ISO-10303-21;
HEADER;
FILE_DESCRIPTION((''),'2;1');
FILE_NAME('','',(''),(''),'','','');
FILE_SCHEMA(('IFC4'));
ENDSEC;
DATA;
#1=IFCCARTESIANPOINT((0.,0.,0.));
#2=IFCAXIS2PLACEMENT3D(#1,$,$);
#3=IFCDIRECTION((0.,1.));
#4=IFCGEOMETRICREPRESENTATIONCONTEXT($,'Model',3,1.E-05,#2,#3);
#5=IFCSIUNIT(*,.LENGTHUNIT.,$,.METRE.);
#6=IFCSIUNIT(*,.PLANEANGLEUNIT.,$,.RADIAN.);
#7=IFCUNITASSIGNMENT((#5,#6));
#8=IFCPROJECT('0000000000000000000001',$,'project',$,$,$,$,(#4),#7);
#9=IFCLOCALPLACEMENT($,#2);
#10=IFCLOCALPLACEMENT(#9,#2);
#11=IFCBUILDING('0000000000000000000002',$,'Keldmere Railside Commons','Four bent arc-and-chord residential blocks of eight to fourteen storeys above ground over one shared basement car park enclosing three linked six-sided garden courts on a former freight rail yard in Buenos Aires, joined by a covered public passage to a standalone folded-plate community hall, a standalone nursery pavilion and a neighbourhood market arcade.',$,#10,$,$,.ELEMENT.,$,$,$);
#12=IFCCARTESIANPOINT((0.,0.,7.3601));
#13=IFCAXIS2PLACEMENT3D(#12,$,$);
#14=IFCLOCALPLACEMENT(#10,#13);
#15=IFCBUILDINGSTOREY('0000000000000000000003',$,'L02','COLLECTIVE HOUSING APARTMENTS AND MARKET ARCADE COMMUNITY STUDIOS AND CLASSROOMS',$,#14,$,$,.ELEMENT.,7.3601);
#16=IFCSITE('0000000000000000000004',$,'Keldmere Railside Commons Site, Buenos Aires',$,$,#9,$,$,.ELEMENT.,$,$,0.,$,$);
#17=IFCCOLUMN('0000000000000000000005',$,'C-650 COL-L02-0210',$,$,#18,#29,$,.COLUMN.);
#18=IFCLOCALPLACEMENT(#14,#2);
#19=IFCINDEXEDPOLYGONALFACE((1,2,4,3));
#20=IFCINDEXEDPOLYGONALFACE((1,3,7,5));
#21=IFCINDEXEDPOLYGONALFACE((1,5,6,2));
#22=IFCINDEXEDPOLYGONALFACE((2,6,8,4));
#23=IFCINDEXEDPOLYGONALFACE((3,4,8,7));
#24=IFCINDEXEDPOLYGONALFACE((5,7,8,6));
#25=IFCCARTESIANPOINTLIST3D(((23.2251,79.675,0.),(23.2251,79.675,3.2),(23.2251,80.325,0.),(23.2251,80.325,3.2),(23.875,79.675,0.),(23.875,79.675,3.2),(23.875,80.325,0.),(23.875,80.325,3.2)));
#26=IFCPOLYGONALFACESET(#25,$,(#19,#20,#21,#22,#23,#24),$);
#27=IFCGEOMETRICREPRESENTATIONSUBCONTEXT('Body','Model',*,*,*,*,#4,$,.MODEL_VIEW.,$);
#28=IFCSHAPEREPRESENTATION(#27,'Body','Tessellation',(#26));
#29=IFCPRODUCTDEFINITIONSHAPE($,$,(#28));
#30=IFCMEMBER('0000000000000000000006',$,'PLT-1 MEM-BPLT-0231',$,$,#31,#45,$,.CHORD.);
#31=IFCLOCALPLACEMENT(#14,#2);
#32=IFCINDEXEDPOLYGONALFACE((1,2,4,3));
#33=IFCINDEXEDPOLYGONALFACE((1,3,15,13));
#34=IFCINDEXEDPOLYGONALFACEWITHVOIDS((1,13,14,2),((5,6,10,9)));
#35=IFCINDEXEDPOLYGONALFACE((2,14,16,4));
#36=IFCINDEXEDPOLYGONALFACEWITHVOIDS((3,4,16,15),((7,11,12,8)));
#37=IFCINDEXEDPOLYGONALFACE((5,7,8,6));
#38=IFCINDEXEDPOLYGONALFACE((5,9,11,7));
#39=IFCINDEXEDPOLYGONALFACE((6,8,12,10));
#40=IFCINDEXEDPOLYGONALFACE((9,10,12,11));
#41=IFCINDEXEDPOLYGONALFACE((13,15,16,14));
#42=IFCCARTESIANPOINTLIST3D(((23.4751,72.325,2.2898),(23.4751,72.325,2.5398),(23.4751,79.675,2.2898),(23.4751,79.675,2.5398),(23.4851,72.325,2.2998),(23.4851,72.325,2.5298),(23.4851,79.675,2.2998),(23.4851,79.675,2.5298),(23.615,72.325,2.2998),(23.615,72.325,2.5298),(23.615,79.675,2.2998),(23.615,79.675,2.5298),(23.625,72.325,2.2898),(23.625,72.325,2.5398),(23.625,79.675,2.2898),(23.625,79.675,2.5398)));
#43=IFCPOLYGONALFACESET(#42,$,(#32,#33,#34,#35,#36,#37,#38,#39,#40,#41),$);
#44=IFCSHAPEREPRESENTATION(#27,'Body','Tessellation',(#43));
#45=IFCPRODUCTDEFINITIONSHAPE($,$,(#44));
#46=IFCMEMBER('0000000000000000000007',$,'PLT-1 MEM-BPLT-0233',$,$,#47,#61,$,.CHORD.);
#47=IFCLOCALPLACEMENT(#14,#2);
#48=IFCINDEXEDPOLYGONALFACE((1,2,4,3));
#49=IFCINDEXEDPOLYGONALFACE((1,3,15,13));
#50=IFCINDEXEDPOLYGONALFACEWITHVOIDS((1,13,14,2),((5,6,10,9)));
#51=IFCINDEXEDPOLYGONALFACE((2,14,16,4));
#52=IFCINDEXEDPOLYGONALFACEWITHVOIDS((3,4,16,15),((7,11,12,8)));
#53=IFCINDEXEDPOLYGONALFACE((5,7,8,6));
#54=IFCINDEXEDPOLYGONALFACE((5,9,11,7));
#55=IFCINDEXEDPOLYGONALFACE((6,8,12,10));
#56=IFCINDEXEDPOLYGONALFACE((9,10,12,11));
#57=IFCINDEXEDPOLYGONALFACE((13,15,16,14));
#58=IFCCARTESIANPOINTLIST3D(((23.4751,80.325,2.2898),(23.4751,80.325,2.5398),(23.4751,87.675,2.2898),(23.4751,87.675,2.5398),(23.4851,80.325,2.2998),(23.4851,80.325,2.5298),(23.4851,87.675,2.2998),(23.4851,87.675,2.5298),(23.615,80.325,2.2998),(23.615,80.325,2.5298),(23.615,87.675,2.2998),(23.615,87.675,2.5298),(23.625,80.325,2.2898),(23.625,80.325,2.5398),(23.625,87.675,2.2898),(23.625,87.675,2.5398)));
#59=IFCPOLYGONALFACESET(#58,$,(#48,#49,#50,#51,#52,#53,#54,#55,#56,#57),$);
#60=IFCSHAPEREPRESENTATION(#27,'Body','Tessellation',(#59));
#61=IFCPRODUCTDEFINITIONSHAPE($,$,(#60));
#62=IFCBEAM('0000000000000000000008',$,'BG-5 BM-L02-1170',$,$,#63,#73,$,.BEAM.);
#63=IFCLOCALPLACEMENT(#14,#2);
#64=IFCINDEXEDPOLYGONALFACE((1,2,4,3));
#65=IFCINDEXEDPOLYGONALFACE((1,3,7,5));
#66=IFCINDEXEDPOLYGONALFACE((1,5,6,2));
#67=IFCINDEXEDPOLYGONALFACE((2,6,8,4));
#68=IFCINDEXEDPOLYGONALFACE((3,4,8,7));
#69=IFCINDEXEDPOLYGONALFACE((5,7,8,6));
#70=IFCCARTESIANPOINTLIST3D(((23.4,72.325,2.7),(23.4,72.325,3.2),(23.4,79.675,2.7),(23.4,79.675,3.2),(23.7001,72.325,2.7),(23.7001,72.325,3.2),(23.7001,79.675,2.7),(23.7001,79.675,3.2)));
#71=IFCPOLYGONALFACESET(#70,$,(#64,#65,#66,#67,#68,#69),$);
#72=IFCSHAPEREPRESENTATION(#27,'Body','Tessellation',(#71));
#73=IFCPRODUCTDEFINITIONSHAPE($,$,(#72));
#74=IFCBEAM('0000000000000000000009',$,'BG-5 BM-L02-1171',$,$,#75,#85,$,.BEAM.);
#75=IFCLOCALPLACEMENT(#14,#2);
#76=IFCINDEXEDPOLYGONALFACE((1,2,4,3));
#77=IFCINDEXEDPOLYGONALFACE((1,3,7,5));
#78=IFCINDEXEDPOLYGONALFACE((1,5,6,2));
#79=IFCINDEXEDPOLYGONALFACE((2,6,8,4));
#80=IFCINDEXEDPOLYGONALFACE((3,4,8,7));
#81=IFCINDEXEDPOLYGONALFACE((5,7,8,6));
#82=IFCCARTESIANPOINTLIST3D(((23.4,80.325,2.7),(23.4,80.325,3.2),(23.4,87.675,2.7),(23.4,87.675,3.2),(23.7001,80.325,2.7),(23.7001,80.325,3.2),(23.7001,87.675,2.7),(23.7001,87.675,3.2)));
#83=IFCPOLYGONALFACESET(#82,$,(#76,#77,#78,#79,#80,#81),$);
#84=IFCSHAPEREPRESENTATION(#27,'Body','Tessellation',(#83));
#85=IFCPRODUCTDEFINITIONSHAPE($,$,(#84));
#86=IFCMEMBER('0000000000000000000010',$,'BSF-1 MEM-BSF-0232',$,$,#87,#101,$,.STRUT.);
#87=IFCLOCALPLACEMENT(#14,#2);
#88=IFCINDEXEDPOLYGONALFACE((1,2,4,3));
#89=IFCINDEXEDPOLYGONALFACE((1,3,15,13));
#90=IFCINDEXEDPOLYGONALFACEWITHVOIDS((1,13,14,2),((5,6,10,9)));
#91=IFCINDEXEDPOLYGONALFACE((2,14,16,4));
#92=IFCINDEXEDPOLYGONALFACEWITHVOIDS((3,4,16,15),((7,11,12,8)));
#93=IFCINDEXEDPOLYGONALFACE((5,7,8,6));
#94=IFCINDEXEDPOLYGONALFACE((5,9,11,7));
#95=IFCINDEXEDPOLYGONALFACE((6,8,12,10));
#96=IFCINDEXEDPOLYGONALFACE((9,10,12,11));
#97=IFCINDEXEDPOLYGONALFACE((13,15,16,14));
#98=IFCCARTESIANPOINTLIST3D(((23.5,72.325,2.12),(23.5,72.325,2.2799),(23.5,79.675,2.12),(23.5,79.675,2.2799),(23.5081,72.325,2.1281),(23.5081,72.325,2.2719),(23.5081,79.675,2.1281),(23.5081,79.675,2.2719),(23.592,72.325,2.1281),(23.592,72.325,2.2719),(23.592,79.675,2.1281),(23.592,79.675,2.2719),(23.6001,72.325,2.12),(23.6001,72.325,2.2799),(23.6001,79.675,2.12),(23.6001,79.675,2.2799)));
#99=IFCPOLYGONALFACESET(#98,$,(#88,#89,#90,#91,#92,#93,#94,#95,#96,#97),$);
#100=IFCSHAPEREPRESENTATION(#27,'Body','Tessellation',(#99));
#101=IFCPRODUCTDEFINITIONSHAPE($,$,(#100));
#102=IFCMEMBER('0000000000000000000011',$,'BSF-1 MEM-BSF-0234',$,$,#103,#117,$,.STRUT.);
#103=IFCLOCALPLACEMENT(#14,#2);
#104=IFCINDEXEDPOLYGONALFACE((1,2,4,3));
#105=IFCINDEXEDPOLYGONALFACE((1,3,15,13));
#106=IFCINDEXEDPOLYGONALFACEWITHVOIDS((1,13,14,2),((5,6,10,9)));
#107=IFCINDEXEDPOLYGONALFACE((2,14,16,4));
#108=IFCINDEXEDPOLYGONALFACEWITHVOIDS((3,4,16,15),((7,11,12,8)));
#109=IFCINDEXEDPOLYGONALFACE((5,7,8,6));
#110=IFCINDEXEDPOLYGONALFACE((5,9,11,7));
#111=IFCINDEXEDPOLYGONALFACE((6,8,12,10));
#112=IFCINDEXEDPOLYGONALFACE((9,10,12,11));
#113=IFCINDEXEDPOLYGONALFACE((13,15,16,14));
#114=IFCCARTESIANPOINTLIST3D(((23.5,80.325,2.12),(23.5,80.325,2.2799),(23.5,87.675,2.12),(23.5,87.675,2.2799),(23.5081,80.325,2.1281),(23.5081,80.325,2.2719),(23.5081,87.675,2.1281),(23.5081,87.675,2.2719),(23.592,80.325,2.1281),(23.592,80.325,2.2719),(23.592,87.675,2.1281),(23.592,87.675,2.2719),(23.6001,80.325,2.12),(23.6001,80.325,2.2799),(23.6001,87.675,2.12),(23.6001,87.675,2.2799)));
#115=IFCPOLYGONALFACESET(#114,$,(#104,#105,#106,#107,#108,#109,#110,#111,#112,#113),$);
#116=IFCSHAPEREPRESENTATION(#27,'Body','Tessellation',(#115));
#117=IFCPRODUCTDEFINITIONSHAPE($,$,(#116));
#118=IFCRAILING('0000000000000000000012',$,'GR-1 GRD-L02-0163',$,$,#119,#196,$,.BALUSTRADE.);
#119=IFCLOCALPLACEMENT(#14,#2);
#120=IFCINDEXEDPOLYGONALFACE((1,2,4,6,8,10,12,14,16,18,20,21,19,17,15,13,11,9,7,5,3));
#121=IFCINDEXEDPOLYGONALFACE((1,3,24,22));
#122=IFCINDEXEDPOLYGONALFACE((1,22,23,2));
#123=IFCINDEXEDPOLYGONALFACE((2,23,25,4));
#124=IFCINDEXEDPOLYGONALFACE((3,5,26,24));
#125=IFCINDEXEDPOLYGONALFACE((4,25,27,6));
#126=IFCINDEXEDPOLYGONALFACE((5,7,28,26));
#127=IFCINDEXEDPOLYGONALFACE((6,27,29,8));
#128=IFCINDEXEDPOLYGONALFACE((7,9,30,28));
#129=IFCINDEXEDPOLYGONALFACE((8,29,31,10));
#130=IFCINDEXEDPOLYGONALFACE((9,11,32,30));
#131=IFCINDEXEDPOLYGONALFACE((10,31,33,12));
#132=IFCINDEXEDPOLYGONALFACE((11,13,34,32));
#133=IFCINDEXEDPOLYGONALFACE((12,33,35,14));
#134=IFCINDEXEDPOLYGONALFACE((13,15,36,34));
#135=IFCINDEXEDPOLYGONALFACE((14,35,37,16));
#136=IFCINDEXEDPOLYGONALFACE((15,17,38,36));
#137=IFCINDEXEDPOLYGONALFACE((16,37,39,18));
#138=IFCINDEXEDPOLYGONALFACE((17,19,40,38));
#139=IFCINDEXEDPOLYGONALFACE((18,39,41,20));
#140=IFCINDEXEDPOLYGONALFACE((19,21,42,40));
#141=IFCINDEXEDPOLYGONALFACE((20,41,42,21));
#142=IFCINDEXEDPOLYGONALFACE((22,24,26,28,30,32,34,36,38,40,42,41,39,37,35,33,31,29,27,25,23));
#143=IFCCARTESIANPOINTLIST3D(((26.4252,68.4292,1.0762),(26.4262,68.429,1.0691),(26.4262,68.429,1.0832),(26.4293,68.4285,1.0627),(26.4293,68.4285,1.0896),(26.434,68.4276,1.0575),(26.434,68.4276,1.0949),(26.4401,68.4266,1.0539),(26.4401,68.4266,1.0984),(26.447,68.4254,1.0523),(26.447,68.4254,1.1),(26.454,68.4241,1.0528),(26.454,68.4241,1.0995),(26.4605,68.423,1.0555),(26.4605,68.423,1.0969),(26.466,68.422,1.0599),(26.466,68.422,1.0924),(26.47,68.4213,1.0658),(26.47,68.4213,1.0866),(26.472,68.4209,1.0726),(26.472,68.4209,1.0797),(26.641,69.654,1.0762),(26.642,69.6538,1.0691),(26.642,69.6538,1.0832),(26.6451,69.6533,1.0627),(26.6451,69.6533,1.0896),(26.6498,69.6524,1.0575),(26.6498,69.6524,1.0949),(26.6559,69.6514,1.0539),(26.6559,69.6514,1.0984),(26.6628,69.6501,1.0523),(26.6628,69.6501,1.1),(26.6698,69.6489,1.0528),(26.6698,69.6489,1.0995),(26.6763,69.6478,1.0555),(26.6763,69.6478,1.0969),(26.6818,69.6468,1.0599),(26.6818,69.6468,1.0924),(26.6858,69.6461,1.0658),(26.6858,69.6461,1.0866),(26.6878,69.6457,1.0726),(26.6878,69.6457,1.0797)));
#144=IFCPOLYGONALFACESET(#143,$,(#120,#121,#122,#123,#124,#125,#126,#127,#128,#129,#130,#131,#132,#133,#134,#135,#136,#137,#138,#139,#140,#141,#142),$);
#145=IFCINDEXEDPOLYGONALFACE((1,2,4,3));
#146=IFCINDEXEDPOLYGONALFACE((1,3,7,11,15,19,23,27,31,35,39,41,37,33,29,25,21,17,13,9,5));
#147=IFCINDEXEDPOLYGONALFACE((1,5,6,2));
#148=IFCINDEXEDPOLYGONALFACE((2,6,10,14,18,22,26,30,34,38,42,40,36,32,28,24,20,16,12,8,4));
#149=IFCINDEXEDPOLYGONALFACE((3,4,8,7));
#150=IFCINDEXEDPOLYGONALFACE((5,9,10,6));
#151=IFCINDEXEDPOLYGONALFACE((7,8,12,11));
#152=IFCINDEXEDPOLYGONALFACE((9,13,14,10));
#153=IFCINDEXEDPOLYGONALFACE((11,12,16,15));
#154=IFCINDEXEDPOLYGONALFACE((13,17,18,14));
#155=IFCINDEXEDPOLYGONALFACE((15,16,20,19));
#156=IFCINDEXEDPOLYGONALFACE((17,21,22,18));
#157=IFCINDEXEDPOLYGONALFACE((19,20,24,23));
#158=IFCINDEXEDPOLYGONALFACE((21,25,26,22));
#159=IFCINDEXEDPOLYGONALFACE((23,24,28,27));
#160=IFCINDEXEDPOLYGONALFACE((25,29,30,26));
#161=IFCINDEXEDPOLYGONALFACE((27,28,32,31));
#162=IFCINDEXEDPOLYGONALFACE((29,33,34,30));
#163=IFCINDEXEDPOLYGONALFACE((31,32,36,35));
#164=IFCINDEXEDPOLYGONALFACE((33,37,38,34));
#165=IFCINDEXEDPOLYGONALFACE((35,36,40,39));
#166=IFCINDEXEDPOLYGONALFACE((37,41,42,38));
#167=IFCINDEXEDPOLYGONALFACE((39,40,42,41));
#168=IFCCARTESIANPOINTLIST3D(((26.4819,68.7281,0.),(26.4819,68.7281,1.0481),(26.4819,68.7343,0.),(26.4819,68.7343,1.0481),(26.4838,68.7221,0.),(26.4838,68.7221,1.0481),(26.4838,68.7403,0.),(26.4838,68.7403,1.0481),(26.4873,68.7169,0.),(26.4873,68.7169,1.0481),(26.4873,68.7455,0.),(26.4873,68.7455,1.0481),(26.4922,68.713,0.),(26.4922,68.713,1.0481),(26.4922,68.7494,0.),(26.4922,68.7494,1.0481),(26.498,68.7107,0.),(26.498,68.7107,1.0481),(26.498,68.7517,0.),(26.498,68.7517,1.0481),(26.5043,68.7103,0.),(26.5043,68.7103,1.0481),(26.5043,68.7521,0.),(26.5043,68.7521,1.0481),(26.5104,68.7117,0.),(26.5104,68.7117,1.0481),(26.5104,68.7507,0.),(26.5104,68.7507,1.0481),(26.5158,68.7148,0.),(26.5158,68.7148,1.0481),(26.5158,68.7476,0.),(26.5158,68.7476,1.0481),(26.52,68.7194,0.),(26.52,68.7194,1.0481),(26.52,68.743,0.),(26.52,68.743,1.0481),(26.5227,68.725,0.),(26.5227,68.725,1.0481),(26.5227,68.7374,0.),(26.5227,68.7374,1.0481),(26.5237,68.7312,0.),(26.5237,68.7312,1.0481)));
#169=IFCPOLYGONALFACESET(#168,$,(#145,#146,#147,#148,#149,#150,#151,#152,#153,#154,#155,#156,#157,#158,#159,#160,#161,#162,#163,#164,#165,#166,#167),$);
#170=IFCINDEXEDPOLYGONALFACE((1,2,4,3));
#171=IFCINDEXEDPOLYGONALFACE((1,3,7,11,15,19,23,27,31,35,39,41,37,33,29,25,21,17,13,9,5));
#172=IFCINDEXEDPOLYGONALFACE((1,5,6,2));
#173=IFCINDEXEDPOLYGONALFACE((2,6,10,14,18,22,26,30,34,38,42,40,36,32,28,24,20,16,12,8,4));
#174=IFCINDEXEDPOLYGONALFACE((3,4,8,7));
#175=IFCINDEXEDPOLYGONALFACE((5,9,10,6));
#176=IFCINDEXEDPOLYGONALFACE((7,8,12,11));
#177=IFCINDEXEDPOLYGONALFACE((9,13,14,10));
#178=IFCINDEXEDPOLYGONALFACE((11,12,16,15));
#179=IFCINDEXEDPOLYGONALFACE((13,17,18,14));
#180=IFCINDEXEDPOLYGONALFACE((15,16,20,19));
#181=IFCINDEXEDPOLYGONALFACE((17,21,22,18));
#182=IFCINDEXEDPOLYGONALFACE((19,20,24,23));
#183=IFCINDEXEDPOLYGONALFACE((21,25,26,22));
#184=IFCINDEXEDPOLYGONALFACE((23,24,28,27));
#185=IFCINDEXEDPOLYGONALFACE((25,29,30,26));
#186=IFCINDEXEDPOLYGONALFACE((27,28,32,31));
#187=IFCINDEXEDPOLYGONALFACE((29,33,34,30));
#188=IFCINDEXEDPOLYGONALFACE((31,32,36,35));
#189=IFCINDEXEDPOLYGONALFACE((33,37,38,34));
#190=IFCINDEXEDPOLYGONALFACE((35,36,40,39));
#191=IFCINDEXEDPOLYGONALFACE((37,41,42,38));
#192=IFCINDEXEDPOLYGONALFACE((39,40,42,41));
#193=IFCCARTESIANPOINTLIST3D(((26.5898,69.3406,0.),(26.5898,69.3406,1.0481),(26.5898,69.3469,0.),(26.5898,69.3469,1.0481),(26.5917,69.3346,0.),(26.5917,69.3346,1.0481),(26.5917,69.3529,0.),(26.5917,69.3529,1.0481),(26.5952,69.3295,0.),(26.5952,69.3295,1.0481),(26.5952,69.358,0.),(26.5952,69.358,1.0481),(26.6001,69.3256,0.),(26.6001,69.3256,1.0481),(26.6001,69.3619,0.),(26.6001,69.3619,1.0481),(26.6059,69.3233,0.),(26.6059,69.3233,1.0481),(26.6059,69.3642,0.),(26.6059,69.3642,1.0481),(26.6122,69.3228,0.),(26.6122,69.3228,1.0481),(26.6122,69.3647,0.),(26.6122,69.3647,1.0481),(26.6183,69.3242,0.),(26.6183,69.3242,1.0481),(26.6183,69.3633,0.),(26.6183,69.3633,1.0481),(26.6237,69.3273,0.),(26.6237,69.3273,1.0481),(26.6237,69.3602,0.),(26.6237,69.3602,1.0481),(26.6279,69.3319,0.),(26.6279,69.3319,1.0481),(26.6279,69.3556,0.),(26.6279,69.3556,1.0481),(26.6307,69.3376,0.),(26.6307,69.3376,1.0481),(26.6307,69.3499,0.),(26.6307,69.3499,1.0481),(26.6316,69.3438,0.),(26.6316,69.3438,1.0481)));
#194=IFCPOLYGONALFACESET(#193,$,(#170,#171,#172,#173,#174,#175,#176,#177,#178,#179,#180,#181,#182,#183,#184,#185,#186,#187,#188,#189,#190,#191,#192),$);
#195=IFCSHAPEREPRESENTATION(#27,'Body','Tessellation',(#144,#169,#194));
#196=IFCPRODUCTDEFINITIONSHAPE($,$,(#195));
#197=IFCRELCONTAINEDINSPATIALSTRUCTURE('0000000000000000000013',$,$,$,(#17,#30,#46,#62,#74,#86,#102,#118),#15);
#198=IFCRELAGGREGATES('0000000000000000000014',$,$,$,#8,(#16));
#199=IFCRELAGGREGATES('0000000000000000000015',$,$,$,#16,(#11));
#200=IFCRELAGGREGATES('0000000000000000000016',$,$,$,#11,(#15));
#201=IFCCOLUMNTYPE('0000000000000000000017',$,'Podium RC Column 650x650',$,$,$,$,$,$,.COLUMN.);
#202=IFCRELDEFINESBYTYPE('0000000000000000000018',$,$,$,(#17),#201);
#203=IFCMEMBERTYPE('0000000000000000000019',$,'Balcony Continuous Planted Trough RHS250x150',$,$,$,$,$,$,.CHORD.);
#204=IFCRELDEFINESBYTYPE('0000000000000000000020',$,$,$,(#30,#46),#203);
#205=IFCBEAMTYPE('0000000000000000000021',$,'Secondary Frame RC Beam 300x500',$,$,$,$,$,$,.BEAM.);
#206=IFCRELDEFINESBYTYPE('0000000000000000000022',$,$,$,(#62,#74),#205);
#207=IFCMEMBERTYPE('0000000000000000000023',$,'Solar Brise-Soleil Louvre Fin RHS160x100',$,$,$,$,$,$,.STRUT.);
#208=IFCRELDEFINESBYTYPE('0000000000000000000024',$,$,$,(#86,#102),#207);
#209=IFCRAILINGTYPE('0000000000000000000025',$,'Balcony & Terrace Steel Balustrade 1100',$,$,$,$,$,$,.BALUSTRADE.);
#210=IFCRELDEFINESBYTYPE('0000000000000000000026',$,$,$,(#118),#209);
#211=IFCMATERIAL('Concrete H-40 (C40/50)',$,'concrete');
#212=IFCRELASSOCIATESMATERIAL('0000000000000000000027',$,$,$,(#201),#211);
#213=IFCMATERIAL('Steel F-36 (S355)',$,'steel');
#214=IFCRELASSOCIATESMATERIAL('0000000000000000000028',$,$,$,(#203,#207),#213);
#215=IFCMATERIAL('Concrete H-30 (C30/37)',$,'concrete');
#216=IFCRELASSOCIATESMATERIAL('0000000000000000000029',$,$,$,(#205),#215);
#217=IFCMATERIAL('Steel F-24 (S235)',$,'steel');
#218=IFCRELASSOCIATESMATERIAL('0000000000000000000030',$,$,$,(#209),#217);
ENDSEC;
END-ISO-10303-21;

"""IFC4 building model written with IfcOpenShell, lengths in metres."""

from ifc_helpers import new_model, si_unit, direction, frame, origin, origin_2d, place, context, subcontext, project, spatial, rectangle, hollow_rectangle, circle, extrude, material, material_profile, profile_set, type_object, element, save


model = new_model("IFC4")

# Units and contexts
model_context = context("Model", 3, precision=1e-05, world=origin(), true_north=direction((0.0, 1.0)))
body_context = subcontext(model_context, "Body", "Model", "MODEL_VIEW")
ifc_project = project(units=[si_unit("LENGTHUNIT", "METRE"), si_unit("PLANEANGLEUNIT", "RADIAN")], contexts=[model_context])

# Site, building, storey
site_placement = place(None, origin())
site = spatial("IfcSite", under=ifc_project, at=site_placement, Name="Keldmere Railside Commons Site, Buenos Aires", CompositionType="ELEMENT", RefElevation=0.0)
building_placement = place(site_placement, origin())
building = spatial("IfcBuilding", under=site, at=building_placement, Name="Keldmere Railside Commons", Description="Four bent arc-and-chord residential blocks of eight to fourteen storeys above ground over one shared basement car park enclosing three linked six-sided garden courts on a former freight rail yard in Buenos Aires, joined by a covered public passage to a standalone folded-plate community hall, a standalone nursery pavilion and a neighbourhood market arcade.", CompositionType="ELEMENT")
storey_placement = place(building_placement, frame((0.0, 0.0, 7.3601)))
storey = spatial("IfcBuildingStorey", under=building, at=storey_placement, Name="L02", Description="COLLECTIVE HOUSING APARTMENTS AND MARKET ARCADE COMMUNITY STUDIOS AND CLASSROOMS", CompositionType="ELEMENT", Elevation=7.3601)

# Column
ifc_material_1 = material(Name="Concrete H-40 (C40/50)", Category="concrete")
ifc_material_profile_1 = material_profile(ifc_material_1, rectangle(XDim=0.6499, YDim=0.6499, at=origin_2d()), Name="RC-650x650")
ifc_profile_set_1 = profile_set([ifc_material_profile_1], Name="Concrete H-40 (C40/50)")
column_type = type_object("IfcColumnType", Name="Podium RC Column 650x650", PredefinedType="COLUMN", material=ifc_profile_set_1)
column_placement = place(storey_placement, frame((23.55, 80.0, 0.0), z_axis=(0.0, 0.0, 1.0), x_axis=(1.0, 0.0, 0.0)))
element("IfcColumn", 1, at=column_placement, inside=storey, type_object=column_type, Name="C-650 COL-L02-0210", PredefinedType="COLUMN", context=body_context, shape_type="SweptSolid", body=[
    extrude(rectangle(XDim=0.6499, YDim=0.6499, at=origin_2d()), origin(), (0.0, 0.0, 1.0), 3.2),
])

# Members
ifc_material_2 = material(Name="Steel F-36 (S355)", Category="steel")
ifc_material_profile_2 = material_profile(ifc_material_2, hollow_rectangle(XDim=0.1499, YDim=0.25, WallThickness=0.01, at=origin_2d()), Name="RHS-250x150x10")
ifc_profile_set_2 = profile_set([ifc_material_profile_2], Name="Steel F-36 (S355)")
member_type_1 = type_object("IfcMemberType", Name="Balcony Continuous Planted Trough RHS250x150", PredefinedType="CHORD", material=ifc_profile_set_2)
for number, where, z_axis, x_axis, name in (
    (2, (23.55, 72.325, 2.4148), (0.0, 1.0, 0.0), (-1.0, 0.0, 0.0), "PLT-1 MEM-BPLT-0231"),
    (3, (23.55, 80.325, 2.4148), (0.0, 1.0, 0.0), (-1.0, 0.0, 0.0), "PLT-1 MEM-BPLT-0233"),
):
    element("IfcMember", number, at=place(storey_placement, frame(where, z_axis=z_axis, x_axis=x_axis)), inside=storey, type_object=member_type_1, Name=name, PredefinedType="CHORD", context=body_context, shape_type="SweptSolid", body=[
        extrude(hollow_rectangle(XDim=0.1499, YDim=0.25, WallThickness=0.01, at=origin_2d()), origin(), (0.0, 0.0, 1.0), 7.3501),
    ])

# Beams
ifc_material_3 = material(Name="Concrete H-30 (C30/37)", Category="concrete")
ifc_material_profile_3 = material_profile(ifc_material_3, rectangle(XDim=0.3, YDim=0.5, at=origin_2d()), Name="RC-300x500")
ifc_profile_set_3 = profile_set([ifc_material_profile_3], Name="Concrete H-30 (C30/37)")
beam_type = type_object("IfcBeamType", Name="Secondary Frame RC Beam 300x500", PredefinedType="BEAM", material=ifc_profile_set_3)
for number, where, z_axis, x_axis, name in (
    (4, (23.55, 72.325, 2.95), (0.0, 1.0, 0.0), (-1.0, 0.0, 0.0), "BG-5 BM-L02-1170"),
    (5, (23.55, 80.325, 2.95), (0.0, 1.0, 0.0), (-1.0, 0.0, 0.0), "BG-5 BM-L02-1171"),
):
    element("IfcBeam", number, at=place(storey_placement, frame(where, z_axis=z_axis, x_axis=x_axis)), inside=storey, type_object=beam_type, Name=name, PredefinedType="BEAM", context=body_context, shape_type="SweptSolid", body=[
        extrude(rectangle(XDim=0.3, YDim=0.5, at=origin_2d()), origin(), (0.0, 0.0, 1.0), 7.3501),
    ])

# Members
ifc_material_profile_4 = material_profile(ifc_material_2, hollow_rectangle(XDim=0.1001, YDim=0.1599, WallThickness=0.0081, at=origin_2d()), Name="RHS-160x100x8")
ifc_profile_set_4 = profile_set([ifc_material_profile_4], Name="Steel F-36 (S355)")
member_type_2 = type_object("IfcMemberType", Name="Solar Brise-Soleil Louvre Fin RHS160x100", PredefinedType="STRUT", material=ifc_profile_set_4)
for number, where, z_axis, x_axis, name in (
    (6, (23.55, 72.325, 2.2), (0.0, 1.0, 0.0), (-1.0, 0.0, 0.0), "BSF-1 MEM-BSF-0232"),
    (7, (23.55, 80.325, 2.2), (0.0, 1.0, 0.0), (-1.0, 0.0, 0.0), "BSF-1 MEM-BSF-0234"),
):
    element("IfcMember", number, at=place(storey_placement, frame(where, z_axis=z_axis, x_axis=x_axis)), inside=storey, type_object=member_type_2, Name=name, PredefinedType="STRUT", context=body_context, shape_type="SweptSolid", body=[
        extrude(hollow_rectangle(XDim=0.1001, YDim=0.1599, WallThickness=0.0081, at=origin_2d()), origin(), (0.0, 0.0, 1.0), 7.3501),
    ])

# Railing
ifc_material_4 = material(Name="Steel F-24 (S235)", Category="steel")
railing_type = type_object("IfcRailingType", Name="Balcony & Terrace Steel Balustrade 1100", PredefinedType="BALUSTRADE", material=ifc_material_4)
railing_1_placement = place(storey_placement, frame((26.4487, 68.425, 0.0)))
element("IfcRailing", 8, at=railing_1_placement, inside=storey, type_object=railing_type, Name="GR-1 GRD-L02-0163", PredefinedType="BALUSTRADE", context=body_context, shape_type="SweptSolid", body=[
    extrude(circle(Radius=0.0239, at=origin_2d()), frame((0.0, 0.0, 1.0762), z_axis=(0.173528, 0.984829, 0.0), x_axis=(-0.984829, 0.173528, 0.0)), (0.0, 0.0, 1.0), 1.2437),
    extrude(circle(Radius=0.021, at=origin_2d()), frame((0.054, 0.3062, 0.0)), (0.0, 0.0, 1.0), 1.0481),
    extrude(circle(Radius=0.021, at=origin_2d()), frame((0.1619, 0.9187, 0.0)), (0.0, 0.0, 1.0), 1.0481),
])

save(model, "model.ifc")
